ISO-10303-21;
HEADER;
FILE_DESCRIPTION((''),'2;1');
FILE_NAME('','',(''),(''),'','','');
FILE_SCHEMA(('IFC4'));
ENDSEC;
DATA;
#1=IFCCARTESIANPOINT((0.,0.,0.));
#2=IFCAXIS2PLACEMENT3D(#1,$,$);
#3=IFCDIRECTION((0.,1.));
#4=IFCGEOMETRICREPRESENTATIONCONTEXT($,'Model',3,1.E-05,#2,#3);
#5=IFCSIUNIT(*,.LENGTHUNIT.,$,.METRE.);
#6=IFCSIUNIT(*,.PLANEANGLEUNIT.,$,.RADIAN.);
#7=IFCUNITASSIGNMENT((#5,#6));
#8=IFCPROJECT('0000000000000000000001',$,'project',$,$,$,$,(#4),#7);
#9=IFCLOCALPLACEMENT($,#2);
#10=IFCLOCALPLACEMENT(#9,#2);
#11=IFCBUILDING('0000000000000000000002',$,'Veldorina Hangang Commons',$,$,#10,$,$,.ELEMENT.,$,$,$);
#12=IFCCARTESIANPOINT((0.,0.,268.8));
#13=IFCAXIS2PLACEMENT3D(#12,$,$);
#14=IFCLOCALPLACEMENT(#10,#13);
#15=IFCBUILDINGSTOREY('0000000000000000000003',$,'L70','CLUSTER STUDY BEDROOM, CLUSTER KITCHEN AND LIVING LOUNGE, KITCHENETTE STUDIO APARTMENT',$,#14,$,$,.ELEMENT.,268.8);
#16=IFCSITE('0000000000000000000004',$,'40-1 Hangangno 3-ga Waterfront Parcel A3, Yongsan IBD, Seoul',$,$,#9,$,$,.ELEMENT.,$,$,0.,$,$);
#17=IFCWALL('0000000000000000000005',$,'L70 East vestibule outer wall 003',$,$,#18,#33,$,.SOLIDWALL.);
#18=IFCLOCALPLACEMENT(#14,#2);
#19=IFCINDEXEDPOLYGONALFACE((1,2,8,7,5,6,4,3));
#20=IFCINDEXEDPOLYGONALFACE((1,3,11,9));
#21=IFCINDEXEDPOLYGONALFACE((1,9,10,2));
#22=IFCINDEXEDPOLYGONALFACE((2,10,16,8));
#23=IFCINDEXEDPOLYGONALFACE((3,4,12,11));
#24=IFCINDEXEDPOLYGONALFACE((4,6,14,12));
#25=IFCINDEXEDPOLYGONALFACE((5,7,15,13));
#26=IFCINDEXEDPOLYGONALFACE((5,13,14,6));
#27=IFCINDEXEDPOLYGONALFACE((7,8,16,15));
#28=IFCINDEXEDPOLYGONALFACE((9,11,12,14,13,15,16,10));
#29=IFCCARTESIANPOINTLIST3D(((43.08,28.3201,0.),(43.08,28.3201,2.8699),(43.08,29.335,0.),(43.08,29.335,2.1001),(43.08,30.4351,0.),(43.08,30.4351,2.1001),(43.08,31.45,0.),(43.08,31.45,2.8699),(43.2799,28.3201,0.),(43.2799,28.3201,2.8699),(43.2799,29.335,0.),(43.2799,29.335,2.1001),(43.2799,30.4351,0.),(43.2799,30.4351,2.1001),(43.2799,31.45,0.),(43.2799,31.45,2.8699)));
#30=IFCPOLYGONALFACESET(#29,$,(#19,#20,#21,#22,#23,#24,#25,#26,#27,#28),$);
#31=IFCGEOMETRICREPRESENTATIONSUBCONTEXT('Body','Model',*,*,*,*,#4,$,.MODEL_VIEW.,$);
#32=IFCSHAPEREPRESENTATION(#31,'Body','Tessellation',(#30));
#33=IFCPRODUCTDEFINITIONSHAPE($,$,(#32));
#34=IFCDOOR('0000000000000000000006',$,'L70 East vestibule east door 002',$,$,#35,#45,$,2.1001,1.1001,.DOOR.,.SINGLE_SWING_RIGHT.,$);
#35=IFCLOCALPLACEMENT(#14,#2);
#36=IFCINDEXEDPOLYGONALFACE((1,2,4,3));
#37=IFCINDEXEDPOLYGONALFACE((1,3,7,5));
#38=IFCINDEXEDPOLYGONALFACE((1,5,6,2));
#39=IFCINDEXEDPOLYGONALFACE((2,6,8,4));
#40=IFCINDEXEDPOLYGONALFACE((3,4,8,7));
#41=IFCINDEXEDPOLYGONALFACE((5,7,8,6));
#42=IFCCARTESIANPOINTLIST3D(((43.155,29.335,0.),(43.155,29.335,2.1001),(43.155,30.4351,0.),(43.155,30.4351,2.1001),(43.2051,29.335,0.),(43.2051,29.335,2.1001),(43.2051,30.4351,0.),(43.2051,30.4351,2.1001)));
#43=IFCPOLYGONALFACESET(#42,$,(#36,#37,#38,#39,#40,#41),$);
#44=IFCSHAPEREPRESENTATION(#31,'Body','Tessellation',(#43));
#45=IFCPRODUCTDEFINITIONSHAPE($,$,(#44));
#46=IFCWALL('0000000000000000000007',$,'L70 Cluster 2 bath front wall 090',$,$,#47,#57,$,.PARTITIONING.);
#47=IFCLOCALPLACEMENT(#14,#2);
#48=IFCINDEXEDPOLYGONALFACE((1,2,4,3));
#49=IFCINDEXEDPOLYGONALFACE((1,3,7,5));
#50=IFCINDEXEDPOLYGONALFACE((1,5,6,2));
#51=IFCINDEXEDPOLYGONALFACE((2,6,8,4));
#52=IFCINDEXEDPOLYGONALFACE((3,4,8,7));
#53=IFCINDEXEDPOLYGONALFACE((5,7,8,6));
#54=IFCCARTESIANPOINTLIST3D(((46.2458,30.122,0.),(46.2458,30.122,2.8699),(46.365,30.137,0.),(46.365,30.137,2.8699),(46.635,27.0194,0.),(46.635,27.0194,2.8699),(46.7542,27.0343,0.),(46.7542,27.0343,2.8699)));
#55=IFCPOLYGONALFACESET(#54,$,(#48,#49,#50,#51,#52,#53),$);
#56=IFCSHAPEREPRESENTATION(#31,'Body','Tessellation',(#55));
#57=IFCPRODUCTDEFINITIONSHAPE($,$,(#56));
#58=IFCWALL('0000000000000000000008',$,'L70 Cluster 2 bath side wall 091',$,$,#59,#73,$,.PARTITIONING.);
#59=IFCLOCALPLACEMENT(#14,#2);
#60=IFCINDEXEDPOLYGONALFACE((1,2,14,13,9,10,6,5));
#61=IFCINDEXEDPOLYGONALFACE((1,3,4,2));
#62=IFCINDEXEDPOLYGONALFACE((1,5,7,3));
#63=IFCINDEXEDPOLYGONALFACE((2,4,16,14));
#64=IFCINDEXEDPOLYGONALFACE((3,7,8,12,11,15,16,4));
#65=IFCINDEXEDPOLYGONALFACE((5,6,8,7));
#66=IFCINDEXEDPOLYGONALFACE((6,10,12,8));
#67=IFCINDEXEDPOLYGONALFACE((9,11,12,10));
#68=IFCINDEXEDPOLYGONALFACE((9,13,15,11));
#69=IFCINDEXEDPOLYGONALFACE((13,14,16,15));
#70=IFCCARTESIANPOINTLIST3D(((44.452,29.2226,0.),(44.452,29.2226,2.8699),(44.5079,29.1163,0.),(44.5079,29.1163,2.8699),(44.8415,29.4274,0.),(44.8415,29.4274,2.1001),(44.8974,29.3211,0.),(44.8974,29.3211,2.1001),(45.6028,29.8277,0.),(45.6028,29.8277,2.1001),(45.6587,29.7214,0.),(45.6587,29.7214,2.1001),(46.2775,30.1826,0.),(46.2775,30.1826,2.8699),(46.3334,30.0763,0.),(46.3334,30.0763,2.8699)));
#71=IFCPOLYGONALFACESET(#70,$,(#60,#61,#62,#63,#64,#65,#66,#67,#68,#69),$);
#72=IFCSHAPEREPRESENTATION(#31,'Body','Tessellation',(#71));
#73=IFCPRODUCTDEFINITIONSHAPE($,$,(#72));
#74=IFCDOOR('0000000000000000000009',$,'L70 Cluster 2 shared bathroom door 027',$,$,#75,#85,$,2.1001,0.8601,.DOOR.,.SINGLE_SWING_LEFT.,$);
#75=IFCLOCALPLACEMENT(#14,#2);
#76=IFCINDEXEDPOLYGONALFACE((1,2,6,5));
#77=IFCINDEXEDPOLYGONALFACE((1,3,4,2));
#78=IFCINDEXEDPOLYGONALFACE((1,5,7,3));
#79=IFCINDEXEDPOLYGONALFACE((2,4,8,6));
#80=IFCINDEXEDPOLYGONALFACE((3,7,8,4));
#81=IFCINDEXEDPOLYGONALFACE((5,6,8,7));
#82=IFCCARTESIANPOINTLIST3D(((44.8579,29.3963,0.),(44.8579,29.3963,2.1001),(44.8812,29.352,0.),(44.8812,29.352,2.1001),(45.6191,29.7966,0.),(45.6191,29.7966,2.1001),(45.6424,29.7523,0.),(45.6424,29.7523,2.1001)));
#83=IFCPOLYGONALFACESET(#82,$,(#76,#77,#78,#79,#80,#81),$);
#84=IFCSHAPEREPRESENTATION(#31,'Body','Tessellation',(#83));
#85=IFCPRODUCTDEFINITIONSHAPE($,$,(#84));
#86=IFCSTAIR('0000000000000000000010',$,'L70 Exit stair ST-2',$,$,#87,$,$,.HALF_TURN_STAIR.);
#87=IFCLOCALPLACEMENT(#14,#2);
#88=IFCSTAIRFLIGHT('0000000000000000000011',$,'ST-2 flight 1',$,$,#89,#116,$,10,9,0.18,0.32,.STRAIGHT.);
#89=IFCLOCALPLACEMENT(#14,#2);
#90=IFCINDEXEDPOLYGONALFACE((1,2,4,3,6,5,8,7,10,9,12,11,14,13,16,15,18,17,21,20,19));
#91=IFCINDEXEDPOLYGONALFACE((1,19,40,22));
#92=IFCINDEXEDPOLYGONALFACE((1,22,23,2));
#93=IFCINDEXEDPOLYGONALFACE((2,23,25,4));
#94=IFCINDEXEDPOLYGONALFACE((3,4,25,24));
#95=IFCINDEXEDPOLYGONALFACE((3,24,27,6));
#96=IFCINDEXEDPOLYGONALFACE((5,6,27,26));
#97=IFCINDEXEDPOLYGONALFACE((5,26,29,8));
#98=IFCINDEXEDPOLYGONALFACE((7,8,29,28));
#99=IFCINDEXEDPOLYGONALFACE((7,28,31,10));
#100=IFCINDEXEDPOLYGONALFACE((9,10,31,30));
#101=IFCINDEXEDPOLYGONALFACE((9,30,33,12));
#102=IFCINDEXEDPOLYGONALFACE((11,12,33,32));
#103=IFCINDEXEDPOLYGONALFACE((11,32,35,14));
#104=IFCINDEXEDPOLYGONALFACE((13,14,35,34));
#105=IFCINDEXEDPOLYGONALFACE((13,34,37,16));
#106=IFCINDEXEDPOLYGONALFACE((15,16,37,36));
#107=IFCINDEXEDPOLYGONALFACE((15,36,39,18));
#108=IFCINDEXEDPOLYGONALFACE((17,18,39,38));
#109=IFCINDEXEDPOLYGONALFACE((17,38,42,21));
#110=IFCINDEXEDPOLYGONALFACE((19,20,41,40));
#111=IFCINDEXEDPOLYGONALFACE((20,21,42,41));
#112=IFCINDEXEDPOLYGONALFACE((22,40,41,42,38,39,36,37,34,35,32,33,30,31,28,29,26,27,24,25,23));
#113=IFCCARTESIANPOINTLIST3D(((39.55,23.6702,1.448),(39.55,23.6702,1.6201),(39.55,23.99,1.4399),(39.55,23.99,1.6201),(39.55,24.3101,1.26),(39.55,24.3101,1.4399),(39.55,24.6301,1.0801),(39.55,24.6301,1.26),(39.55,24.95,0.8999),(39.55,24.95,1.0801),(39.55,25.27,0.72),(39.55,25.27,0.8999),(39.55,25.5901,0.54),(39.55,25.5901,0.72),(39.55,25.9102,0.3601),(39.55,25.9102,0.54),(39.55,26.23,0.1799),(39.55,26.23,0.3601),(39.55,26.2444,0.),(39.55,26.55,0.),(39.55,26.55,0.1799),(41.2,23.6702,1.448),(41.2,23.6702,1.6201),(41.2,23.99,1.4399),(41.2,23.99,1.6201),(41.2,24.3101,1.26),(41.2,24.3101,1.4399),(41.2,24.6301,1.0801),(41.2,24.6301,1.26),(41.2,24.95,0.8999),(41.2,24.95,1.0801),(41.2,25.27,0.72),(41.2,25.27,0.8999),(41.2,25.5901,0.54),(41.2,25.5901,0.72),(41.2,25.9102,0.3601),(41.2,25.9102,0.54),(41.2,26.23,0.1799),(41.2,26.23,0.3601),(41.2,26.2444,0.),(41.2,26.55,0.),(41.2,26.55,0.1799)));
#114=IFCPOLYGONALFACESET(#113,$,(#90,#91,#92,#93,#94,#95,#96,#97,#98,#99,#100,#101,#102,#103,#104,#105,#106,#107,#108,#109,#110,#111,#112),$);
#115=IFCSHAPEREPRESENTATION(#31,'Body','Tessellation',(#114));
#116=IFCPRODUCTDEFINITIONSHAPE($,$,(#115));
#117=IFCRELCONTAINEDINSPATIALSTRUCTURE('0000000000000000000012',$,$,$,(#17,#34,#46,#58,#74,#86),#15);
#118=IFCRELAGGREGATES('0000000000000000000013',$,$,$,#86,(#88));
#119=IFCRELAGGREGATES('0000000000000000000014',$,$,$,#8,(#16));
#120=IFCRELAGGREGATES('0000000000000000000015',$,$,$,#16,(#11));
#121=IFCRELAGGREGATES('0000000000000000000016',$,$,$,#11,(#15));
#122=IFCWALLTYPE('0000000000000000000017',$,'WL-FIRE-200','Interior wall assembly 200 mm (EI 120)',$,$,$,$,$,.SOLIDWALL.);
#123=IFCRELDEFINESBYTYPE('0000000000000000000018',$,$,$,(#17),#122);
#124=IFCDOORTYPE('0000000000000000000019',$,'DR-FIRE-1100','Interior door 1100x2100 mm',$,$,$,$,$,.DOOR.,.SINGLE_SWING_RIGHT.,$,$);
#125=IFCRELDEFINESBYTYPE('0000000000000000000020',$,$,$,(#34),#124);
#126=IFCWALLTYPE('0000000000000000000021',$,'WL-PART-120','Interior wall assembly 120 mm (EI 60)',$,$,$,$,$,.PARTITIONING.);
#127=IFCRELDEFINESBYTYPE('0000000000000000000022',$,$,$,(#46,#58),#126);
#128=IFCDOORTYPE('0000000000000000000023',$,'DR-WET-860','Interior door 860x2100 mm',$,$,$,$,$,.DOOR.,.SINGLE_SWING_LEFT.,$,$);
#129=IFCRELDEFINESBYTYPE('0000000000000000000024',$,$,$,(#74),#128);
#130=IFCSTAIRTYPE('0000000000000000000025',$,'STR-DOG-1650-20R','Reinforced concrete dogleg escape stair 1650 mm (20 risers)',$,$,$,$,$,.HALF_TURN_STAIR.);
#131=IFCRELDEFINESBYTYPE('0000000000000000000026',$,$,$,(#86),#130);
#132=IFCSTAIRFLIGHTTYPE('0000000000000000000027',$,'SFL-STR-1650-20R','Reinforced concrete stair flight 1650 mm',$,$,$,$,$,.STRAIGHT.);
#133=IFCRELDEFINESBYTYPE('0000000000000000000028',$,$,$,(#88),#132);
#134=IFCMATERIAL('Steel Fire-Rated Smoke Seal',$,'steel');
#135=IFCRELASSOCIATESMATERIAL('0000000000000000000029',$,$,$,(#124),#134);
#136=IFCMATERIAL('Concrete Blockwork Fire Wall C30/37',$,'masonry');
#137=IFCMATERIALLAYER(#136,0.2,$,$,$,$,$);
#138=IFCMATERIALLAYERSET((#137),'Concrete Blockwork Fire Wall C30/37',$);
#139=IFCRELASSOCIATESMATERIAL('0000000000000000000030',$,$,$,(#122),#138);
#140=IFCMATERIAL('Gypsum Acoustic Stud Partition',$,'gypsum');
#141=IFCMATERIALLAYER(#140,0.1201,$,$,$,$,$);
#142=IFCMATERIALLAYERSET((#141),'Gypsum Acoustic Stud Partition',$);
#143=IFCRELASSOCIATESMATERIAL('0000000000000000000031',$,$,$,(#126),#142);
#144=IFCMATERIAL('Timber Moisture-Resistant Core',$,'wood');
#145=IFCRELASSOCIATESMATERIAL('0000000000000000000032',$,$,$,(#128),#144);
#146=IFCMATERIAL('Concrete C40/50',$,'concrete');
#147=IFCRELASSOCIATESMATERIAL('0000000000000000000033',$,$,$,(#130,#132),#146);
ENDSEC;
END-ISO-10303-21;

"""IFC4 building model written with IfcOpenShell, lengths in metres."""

from ifc_helpers import new_model, si_unit, direction, frame, frame_2d, origin, place, context, subcontext, project, spatial, polyline, rectangle, outline, extrude, material, layer, layer_set, type_object, element, fill, aggregate, save


model = new_model("IFC4")

# Units and contexts
model_context = context("Model", 3, precision=1e-05, world=origin(), true_north=direction((0.0, 1.0)))
body_context = subcontext(model_context, "Body", "Model", "MODEL_VIEW")
ifc_project = project(units=[si_unit("LENGTHUNIT", "METRE"), si_unit("PLANEANGLEUNIT", "RADIAN")], contexts=[model_context])

# Site, building, storey
site_placement = place(None, origin())
site = spatial("IfcSite", under=ifc_project, at=site_placement, Name="40-1 Hangangno 3-ga Waterfront Parcel A3, Yongsan IBD, Seoul", CompositionType="ELEMENT", RefElevation=0.0)
building_placement = place(site_placement, origin())
building = spatial("IfcBuilding", under=site, at=building_placement, Name="Veldorina Hangang Commons", CompositionType="ELEMENT")
storey_placement = place(building_placement, frame((0.0, 0.0, 268.8)))
storey = spatial("IfcBuildingStorey", under=building, at=storey_placement, Name="L70", Description="CLUSTER STUDY BEDROOM, CLUSTER KITCHEN AND LIVING LOUNGE, KITCHENETTE STUDIO APARTMENT", CompositionType="ELEMENT", Elevation=268.8)

# Shared definitions
ifc_material_1 = material(Name="Steel Fire-Rated Smoke Seal", Category="steel")
door_type_1 = type_object("IfcDoorType", Name="DR-FIRE-1100", Description="Interior door 1100x2100 mm", OperationType="SINGLE_SWING_RIGHT", PredefinedType="DOOR", material=ifc_material_1)

# Wall, opening, door
ifc_material_2 = material(Name="Concrete Blockwork Fire Wall C30/37", Category="masonry")
ifc_layer_1 = layer(ifc_material_2, 0.2)
ifc_layer_set_1 = layer_set([ifc_layer_1], Name="Concrete Blockwork Fire Wall C30/37")
wall_type_1 = type_object("IfcWallType", Name="WL-FIRE-200", Description="Interior wall assembly 200 mm (EI 120)", PredefinedType="SOLIDWALL", material=ifc_layer_set_1)
wall_1_placement = place(storey_placement, frame((43.1799, 28.3201, 0.0), z_axis=(0.0, 0.0, 1.0), x_axis=(0.0, 1.0, 0.0)))
wall_1 = element("IfcWall", 1, at=wall_1_placement, inside=storey, type_object=wall_type_1, Name="L70 East vestibule outer wall 003", PredefinedType="SOLIDWALL", context=body_context, shape_type="SweptSolid", body=[
    extrude(rectangle(XDim=3.1299, YDim=0.2, at=frame_2d((1.5649, 0.0))), origin(), (0.0, 0.0, 1.0), 2.8699),
])
opening_1_placement = place(wall_1_placement, frame((1.0149, 0.0, 0.0)))
opening_1 = element("IfcOpeningElement", 2, at=opening_1_placement, cuts=wall_1, PredefinedType="OPENING", context=body_context, shape_type="SweptSolid", body=[
    extrude(rectangle(XDim=1.1001, YDim=2.1001, at=frame_2d((0.55, 1.05))), frame((0.0, 0.1099, 0.0), z_axis=(0.0, -1.0, 0.0), x_axis=(1.0, 0.0, 0.0)), (0.0, 0.0, 1.0), 0.22),
])
door_1_placement = place(opening_1_placement, origin())
door_1 = element("IfcDoor", 3, at=door_1_placement, inside=storey, type_object=door_type_1, Name="L70 East vestibule east door 002", OperationType="SINGLE_SWING_RIGHT", OverallHeight=2.1001, OverallWidth=1.1001, PredefinedType="DOOR", context=body_context, shape_type="SweptSolid", body=[
    extrude(rectangle(XDim=1.1001, YDim=2.1001, at=frame_2d((0.55, 1.05))), frame((0.0, 0.0249, 0.0), z_axis=(0.0, -1.0, 0.0), x_axis=(1.0, 0.0, 0.0)), (0.0, 0.0, 1.0), 0.05),
])
fill(opening_1, door_1)

# Wall
ifc_material_3 = material(Name="Gypsum Acoustic Stud Partition", Category="gypsum")
ifc_layer_2 = layer(ifc_material_3, 0.1201)
ifc_layer_set_2 = layer_set([ifc_layer_2], Name="Gypsum Acoustic Stud Partition")
wall_type_2 = type_object("IfcWallType", Name="WL-PART-120", Description="Interior wall assembly 120 mm (EI 60)", PredefinedType="PARTITIONING", material=ifc_layer_set_2)
wall_2_placement = place(storey_placement, frame((46.6946, 27.0269, 0.0), z_axis=(0.0, 0.0, 1.0), x_axis=(-0.124458, 0.992225, 0.0)))
element("IfcWall", 4, at=wall_2_placement, inside=storey, type_object=wall_type_2, Name="L70 Cluster 2 bath front wall 090", PredefinedType="PARTITIONING", context=body_context, shape_type="SweptSolid", body=[
    extrude(rectangle(XDim=3.127, YDim=0.1201, at=frame_2d((1.5635, 0.0))), origin(), (0.0, 0.0, 1.0), 2.8699),
])

# Wall, opening, door
wall_3_placement = place(storey_placement, frame((44.48, 29.1694, 0.0), z_axis=(0.0, 0.0, 1.0), x_axis=(0.885077, 0.465444, 0.0)))
wall_3 = element("IfcWall", 5, at=wall_3_placement, inside=storey, type_object=wall_type_2, Name="L70 Cluster 2 bath side wall 091", PredefinedType="PARTITIONING", context=body_context, shape_type="SweptSolid", body=[
    extrude(rectangle(XDim=2.0625, YDim=0.1201, at=frame_2d((1.0312, 0.0))), origin(), (0.0, 0.0, 1.0), 2.8699),
])
opening_2_placement = place(wall_3_placement, frame((0.4399, 0.0, 0.0)))
opening_2 = element("IfcOpeningElement", 6, at=opening_2_placement, cuts=wall_3, PredefinedType="OPENING", context=body_context, shape_type="SweptSolid", body=[
    extrude(rectangle(XDim=0.8601, YDim=2.1001, at=frame_2d((0.4302, 1.05))), frame((0.0, 0.0701, 0.0), z_axis=(0.0, -1.0, 0.0), x_axis=(1.0, 0.0, 0.0)), (0.0, 0.0, 1.0), 0.1401),
])
ifc_material_4 = material(Name="Timber Moisture-Resistant Core", Category="wood")
door_type_2 = type_object("IfcDoorType", Name="DR-WET-860", Description="Interior door 860x2100 mm", OperationType="SINGLE_SWING_LEFT", PredefinedType="DOOR", material=ifc_material_4)
door_2_placement = place(opening_2_placement, origin())
door_2 = element("IfcDoor", 7, at=door_2_placement, inside=storey, type_object=door_type_2, Name="L70 Cluster 2 shared bathroom door 027", OperationType="SINGLE_SWING_LEFT", OverallHeight=2.1001, OverallWidth=0.8601, PredefinedType="DOOR", context=body_context, shape_type="SweptSolid", body=[
    extrude(rectangle(XDim=0.8601, YDim=2.1001, at=frame_2d((0.4302, 1.05))), frame((0.0, 0.0249, 0.0), z_axis=(0.0, -1.0, 0.0), x_axis=(1.0, 0.0, 0.0)), (0.0, 0.0, 1.0), 0.05),
])
fill(opening_2, door_2)

# Stair, stair flight
ifc_material_5 = material(Name="Concrete C40/50", Category="concrete")
stair_type = type_object("IfcStairType", Name="STR-DOG-1650-20R", Description="Reinforced concrete dogleg escape stair 1650 mm (20 risers)", PredefinedType="HALF_TURN_STAIR", material=ifc_material_5)
stair_placement = place(storey_placement, origin())
stair = element("IfcStair", 8, at=stair_placement, inside=storey, type_object=stair_type, Name="L70 Exit stair ST-2", PredefinedType="HALF_TURN_STAIR")
stair_flight_type = type_object("IfcStairFlightType", Name="SFL-STR-1650-20R", Description="Reinforced concrete stair flight 1650 mm", PredefinedType="STRAIGHT", material=ifc_material_5)
stair_flight_placement = place(storey_placement, frame((40.375, 26.55, 0.0), z_axis=(0.0, 0.0, 1.0), x_axis=(0.0, -1.0, 0.0)))
stair_flight = element("IfcStairFlight", 9, at=stair_flight_placement, type_object=stair_flight_type, Name="ST-2 flight 1", NumberOfRisers=10, NumberOfTreads=9, PredefinedType="STRAIGHT", RiserHeight=0.18, TreadLength=0.32, context=body_context, shape_type="SweptSolid", body=[
    extrude(outline(polyline([(0.0, 0.0), (0.0, 0.1799), (0.3201, 0.1799), (0.3201, 0.3601), (0.6399, 0.3601), (0.6399, 0.54), (0.96, 0.54), (0.96, 0.72), (1.28, 0.72), (1.28, 0.8999), (1.6001, 0.8999), (1.6001, 1.0801), (1.9199, 1.0801), (1.9199, 1.26), (2.24, 1.26), (2.24, 1.4399), (2.5601, 1.4399), (2.5601, 1.6201), (2.8799, 1.6201), (2.8799, 1.8), (2.8799, 1.448), (0.3057, 0.0), (0.0, 0.0)])), frame((0.0, 0.825, 0.0), z_axis=(0.0, -1.0, 0.0), x_axis=(1.0, 0.0, 0.0)), (0.0, 0.0, 1.0), 1.6499),
])
aggregate(stair, [stair_flight])

save(model, "model.ifc")
